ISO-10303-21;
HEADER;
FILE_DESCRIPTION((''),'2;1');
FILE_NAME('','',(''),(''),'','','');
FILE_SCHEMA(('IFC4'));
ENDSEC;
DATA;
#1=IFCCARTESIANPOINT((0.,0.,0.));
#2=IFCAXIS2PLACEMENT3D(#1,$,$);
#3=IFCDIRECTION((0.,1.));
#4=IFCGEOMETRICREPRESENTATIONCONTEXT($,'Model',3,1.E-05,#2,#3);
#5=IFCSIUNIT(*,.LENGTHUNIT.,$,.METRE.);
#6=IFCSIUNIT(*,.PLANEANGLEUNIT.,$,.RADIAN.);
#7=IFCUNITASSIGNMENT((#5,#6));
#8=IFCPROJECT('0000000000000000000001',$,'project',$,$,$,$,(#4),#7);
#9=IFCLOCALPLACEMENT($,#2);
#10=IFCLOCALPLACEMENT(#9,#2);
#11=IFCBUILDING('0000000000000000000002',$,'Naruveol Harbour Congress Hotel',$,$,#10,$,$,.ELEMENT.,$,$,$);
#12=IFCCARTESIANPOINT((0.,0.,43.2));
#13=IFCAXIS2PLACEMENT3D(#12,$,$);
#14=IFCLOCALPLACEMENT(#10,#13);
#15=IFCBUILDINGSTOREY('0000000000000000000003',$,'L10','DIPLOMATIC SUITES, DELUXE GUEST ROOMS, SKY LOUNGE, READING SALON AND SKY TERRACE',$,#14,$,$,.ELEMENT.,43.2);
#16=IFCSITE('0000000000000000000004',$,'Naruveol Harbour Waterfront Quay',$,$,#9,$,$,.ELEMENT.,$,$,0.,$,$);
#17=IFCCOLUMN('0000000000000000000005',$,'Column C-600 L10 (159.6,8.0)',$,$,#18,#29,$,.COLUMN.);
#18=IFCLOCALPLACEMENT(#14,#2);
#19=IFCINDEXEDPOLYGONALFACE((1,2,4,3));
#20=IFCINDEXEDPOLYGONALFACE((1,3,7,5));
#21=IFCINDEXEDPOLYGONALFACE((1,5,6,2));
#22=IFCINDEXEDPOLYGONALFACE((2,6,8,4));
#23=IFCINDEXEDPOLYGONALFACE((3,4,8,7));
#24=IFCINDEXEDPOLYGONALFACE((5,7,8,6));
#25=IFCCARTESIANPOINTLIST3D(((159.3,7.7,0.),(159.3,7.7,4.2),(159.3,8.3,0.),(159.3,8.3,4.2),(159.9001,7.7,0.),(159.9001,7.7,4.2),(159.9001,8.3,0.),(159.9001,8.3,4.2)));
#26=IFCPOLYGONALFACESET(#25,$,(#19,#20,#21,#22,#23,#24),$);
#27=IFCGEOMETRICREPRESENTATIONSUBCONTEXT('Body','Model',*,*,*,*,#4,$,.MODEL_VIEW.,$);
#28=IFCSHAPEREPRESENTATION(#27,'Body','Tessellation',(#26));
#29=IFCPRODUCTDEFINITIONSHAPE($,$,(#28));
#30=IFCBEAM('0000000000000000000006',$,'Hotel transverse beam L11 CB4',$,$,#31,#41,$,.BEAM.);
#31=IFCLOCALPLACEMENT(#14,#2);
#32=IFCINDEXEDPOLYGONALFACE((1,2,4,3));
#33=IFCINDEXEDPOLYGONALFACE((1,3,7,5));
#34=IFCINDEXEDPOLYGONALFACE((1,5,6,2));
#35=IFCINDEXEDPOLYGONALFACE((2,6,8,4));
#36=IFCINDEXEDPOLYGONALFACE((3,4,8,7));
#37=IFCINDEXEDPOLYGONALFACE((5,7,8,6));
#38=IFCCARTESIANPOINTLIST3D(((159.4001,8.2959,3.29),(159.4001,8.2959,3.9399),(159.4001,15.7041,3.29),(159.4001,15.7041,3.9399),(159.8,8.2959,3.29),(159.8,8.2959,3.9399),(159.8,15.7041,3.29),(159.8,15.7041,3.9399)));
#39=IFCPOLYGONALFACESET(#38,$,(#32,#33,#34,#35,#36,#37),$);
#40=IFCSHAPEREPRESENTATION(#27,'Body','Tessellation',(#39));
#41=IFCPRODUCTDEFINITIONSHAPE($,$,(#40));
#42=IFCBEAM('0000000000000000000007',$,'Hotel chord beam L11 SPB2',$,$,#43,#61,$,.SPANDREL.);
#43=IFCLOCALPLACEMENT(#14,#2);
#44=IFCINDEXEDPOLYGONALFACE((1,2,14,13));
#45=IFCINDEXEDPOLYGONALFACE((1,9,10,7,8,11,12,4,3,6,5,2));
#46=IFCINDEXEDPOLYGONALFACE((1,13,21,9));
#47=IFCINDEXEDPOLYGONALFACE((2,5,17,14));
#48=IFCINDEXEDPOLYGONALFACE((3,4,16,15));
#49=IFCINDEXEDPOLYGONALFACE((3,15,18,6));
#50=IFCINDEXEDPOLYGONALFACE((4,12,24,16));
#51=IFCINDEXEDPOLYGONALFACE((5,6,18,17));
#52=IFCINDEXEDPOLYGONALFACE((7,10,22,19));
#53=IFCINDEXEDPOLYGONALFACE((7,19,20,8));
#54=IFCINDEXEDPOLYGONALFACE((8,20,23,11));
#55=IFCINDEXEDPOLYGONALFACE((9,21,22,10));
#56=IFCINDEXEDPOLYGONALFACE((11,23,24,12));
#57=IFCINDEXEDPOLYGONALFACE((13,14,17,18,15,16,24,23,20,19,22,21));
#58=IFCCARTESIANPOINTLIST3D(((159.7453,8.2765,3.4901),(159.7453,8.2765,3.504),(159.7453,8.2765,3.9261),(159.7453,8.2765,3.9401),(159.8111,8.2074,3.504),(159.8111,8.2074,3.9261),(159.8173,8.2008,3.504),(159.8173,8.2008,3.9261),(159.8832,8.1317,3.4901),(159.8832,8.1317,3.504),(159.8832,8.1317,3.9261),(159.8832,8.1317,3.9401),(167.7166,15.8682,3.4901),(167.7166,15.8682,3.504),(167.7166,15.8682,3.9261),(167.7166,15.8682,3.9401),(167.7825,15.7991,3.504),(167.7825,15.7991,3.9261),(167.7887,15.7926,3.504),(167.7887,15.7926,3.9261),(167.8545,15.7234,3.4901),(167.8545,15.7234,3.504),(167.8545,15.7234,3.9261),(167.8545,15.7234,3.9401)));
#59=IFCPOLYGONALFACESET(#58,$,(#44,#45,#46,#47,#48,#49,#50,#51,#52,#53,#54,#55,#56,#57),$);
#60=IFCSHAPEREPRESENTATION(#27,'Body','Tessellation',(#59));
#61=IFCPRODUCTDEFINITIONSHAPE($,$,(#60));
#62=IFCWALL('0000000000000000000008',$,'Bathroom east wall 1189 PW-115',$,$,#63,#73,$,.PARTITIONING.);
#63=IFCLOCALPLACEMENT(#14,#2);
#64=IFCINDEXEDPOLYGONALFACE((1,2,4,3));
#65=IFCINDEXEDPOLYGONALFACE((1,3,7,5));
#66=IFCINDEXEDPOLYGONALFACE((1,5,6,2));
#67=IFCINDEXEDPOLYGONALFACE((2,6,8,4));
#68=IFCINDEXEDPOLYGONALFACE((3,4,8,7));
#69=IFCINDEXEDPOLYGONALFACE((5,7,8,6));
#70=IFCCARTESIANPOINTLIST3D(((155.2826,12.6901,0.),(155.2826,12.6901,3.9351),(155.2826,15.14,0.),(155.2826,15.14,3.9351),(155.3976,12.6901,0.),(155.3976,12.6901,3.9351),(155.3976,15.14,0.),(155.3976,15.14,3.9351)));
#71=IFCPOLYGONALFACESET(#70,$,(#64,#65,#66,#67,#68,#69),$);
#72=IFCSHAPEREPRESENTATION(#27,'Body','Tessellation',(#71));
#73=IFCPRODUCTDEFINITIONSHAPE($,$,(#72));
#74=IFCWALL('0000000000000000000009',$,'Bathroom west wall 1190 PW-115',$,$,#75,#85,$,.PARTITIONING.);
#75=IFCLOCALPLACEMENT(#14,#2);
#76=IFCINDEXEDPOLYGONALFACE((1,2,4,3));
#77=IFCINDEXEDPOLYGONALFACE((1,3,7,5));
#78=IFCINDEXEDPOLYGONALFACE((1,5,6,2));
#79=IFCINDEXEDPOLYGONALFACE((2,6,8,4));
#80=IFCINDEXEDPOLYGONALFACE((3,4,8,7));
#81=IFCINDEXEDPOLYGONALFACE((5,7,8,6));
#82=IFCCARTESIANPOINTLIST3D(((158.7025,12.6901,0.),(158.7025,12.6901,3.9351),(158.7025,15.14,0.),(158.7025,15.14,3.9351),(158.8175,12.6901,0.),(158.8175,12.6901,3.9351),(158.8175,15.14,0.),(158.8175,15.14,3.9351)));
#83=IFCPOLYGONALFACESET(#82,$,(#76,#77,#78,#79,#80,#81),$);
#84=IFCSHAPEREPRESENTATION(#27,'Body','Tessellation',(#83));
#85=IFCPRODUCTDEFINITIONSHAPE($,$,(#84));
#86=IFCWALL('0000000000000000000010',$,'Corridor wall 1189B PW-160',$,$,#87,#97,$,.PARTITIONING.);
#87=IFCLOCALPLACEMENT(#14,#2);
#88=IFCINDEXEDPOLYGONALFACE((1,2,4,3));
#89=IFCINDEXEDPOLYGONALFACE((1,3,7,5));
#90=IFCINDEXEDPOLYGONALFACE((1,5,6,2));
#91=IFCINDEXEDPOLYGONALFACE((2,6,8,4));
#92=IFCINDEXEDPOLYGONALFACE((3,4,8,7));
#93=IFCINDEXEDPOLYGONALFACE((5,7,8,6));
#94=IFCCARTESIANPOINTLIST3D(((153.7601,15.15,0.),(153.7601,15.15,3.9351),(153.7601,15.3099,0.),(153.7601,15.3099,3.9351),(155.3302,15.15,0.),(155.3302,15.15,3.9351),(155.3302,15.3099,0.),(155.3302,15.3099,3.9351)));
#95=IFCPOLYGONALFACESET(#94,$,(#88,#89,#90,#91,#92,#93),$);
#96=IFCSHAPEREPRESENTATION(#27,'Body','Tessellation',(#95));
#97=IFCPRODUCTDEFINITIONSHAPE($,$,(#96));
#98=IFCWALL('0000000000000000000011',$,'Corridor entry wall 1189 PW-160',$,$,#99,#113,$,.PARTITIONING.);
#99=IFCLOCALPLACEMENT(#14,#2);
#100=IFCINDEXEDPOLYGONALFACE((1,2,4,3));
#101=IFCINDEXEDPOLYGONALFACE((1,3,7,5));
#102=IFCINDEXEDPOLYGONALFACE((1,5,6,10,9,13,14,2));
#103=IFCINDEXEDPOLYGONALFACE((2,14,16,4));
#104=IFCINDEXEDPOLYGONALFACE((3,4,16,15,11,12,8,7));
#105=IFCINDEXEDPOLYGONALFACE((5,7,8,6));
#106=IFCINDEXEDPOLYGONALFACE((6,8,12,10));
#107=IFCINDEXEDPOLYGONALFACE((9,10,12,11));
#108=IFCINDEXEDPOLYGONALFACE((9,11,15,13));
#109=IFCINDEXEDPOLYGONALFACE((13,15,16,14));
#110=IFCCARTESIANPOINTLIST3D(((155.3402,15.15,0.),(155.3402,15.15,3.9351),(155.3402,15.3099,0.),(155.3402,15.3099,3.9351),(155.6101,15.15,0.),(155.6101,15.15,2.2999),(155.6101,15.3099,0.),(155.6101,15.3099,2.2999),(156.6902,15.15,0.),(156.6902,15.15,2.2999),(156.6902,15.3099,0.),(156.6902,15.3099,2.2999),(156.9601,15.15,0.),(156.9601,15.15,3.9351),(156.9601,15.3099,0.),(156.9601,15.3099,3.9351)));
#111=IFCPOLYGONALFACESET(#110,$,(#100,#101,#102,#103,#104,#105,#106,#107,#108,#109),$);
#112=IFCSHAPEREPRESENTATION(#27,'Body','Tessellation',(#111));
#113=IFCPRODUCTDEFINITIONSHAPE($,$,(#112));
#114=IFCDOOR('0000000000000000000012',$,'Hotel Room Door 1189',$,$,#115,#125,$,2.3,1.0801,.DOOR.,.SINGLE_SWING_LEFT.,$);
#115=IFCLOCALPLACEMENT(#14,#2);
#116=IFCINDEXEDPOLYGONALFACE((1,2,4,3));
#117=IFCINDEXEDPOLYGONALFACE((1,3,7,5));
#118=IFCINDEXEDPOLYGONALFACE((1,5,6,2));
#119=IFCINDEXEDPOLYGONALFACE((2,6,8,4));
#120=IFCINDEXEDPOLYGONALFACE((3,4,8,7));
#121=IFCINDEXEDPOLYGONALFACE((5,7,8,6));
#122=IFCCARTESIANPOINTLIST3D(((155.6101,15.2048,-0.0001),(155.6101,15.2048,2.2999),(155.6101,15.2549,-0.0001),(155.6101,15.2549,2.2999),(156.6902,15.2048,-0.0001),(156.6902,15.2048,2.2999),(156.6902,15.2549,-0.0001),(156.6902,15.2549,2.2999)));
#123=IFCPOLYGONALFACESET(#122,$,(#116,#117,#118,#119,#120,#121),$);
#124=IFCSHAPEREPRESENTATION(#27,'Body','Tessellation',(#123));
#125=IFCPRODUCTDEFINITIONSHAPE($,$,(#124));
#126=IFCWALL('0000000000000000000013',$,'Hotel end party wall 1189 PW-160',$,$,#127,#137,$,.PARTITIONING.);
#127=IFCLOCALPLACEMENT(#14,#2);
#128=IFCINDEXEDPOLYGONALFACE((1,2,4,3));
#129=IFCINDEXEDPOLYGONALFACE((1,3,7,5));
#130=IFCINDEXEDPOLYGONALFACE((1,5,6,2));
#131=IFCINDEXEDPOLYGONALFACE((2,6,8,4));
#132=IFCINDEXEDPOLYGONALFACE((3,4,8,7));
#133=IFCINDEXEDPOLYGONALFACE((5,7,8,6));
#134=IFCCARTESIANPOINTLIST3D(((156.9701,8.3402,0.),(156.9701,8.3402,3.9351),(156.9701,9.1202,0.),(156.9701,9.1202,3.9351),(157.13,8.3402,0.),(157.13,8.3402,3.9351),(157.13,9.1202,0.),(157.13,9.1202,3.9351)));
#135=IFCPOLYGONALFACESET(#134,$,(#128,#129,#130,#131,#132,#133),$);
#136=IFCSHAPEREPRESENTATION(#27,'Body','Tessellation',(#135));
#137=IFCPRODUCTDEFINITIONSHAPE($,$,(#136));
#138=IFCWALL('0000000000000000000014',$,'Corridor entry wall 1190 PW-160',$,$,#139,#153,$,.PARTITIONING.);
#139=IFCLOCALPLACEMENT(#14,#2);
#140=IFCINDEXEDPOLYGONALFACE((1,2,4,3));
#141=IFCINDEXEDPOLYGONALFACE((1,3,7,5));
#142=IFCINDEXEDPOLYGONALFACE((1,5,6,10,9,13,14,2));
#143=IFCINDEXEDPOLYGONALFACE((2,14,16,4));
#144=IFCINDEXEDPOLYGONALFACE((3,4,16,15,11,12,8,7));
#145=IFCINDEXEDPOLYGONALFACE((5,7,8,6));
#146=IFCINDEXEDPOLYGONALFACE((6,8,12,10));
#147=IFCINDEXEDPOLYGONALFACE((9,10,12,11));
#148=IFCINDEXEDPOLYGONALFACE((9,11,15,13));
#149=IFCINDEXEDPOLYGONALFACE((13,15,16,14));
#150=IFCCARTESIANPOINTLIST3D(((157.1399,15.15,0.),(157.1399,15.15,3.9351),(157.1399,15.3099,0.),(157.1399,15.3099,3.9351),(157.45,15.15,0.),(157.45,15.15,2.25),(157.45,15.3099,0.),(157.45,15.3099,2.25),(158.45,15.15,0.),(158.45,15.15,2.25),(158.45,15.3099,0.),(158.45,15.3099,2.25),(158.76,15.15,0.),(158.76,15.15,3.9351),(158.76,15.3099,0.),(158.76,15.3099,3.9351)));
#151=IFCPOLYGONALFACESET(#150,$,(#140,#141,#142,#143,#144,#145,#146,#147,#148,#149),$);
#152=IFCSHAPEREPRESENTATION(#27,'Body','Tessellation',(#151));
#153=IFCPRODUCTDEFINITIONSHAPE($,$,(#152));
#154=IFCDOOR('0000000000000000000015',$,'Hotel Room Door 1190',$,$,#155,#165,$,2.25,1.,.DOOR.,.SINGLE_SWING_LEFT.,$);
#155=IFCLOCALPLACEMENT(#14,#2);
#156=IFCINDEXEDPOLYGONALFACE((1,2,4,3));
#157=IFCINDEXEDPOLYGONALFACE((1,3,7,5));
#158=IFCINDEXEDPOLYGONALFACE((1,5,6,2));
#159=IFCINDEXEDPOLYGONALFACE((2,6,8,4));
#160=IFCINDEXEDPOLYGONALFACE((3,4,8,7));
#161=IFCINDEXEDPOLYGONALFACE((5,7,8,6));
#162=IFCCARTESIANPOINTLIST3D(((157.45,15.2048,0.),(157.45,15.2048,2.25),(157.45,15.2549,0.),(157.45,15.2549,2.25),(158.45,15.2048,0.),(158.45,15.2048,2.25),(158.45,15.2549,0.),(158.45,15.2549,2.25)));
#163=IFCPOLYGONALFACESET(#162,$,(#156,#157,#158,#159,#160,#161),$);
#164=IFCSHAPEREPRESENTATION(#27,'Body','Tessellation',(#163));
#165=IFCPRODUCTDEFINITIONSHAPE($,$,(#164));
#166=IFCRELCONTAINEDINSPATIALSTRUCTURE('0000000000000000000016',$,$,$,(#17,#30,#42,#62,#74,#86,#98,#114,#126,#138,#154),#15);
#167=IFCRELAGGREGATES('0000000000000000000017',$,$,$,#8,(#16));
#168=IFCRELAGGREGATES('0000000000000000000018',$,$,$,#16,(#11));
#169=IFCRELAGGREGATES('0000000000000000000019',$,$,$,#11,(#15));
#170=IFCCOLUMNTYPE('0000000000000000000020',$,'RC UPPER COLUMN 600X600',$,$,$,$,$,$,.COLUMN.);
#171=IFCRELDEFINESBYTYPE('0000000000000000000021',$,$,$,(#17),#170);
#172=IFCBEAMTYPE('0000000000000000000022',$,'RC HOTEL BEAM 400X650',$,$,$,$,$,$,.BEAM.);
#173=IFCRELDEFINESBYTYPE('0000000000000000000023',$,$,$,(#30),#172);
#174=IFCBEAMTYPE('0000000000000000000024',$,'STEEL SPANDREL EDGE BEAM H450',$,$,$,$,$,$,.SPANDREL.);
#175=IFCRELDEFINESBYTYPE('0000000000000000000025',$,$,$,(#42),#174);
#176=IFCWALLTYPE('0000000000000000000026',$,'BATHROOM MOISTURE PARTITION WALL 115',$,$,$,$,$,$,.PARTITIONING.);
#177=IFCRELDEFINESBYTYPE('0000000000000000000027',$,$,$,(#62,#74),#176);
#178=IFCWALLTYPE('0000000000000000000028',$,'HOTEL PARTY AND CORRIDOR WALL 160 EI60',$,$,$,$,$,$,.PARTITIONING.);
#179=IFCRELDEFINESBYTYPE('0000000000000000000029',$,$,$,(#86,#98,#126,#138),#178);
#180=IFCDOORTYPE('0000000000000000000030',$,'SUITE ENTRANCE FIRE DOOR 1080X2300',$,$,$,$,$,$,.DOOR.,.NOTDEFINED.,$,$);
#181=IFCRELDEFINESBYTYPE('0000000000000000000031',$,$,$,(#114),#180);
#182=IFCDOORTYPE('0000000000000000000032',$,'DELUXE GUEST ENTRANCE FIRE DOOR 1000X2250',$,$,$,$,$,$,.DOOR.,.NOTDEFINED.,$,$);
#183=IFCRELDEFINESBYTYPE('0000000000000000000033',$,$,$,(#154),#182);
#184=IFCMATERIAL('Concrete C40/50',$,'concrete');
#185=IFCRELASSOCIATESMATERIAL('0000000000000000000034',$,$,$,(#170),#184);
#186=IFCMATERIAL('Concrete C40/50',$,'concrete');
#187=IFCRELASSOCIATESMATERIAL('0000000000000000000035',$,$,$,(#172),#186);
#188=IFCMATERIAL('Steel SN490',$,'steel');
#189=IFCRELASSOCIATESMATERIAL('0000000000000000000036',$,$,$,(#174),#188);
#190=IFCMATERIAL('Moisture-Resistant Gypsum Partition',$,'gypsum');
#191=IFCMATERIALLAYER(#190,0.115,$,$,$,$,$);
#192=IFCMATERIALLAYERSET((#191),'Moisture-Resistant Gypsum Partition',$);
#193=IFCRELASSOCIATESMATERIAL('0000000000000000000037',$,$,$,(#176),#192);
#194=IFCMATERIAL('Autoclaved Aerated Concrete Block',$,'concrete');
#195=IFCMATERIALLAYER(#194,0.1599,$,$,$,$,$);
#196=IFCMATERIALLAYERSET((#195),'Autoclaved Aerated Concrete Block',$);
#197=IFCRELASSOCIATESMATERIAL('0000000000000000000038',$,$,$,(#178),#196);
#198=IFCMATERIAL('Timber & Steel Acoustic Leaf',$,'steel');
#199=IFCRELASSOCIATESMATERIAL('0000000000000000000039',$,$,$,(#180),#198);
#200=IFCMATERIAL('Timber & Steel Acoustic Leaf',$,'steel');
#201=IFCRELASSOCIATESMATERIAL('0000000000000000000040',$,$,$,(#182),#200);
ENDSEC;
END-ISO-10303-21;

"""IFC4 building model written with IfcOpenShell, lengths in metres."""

from ifc_helpers import new_model, si_unit, direction, frame, frame_2d, origin, origin_2d, place, context, subcontext, project, spatial, rectangle, i_section, extrude, material, layer, layer_set, material_profile, profile_set, type_object, element, fill, save


model = new_model("IFC4")

# Units and contexts
model_context = context("Model", 3, precision=1e-05, world=origin(), true_north=direction((0.0, 1.0)))
body_context = subcontext(model_context, "Body", "Model", "MODEL_VIEW")
ifc_project = project(units=[si_unit("LENGTHUNIT", "METRE"), si_unit("PLANEANGLEUNIT", "RADIAN")], contexts=[model_context])

# Site, building, storey
site_placement = place(None, origin())
site = spatial("IfcSite", under=ifc_project, at=site_placement, Name="Naruveol Harbour Waterfront Quay", CompositionType="ELEMENT", RefElevation=0.0)
building_placement = place(site_placement, origin())
building = spatial("IfcBuilding", under=site, at=building_placement, Name="Naruveol Harbour Congress Hotel", CompositionType="ELEMENT")
storey_placement = place(building_placement, frame((0.0, 0.0, 43.2)))
storey = spatial("IfcBuildingStorey", under=building, at=storey_placement, Name="L10", Description="DIPLOMATIC SUITES, DELUXE GUEST ROOMS, SKY LOUNGE, READING SALON AND SKY TERRACE", CompositionType="ELEMENT", Elevation=43.2)

# Column
ifc_material_1 = material(Name="Concrete C40/50", Category="concrete")
ifc_material_profile_1 = material_profile(ifc_material_1, rectangle(XDim=0.6001, YDim=0.6001, at=origin_2d()), Name="RC-600x600")
ifc_profile_set_1 = profile_set([ifc_material_profile_1], Name="Concrete C40/50")
column_type = type_object("IfcColumnType", Name="RC UPPER COLUMN 600X600", PredefinedType="COLUMN", material=ifc_profile_set_1)
column_placement = place(storey_placement, frame((159.6001, 8.0, 0.0), z_axis=(0.0, 0.0, 1.0), x_axis=(1.0, 0.0, 0.0)))
element("IfcColumn", 1, at=column_placement, inside=storey, type_object=column_type, Name="Column C-600 L10 (159.6,8.0)", PredefinedType="COLUMN", context=body_context, shape_type="SweptSolid", body=[
    extrude(rectangle(XDim=0.6001, YDim=0.6001, at=origin_2d()), origin(), (0.0, 0.0, 1.0), 4.2),
])

# Beams
ifc_material_2 = material(Name="Concrete C40/50", Category="concrete")
ifc_material_profile_2 = material_profile(ifc_material_2, rectangle(XDim=0.3999, YDim=0.6499, at=origin_2d()), Name="RCB-400x650")
ifc_profile_set_2 = profile_set([ifc_material_profile_2], Name="Concrete C40/50")
beam_type_1 = type_object("IfcBeamType", Name="RC HOTEL BEAM 400X650", PredefinedType="BEAM", material=ifc_profile_set_2)
beam_1_placement = place(storey_placement, frame((159.6001, 8.2959, 3.615), z_axis=(0.0, 1.0, 0.0), x_axis=(-1.0, 0.0, 0.0)))
element("IfcBeam", 2, at=beam_1_placement, inside=storey, type_object=beam_type_1, Name="Hotel transverse beam L11 CB4", PredefinedType="BEAM", context=body_context, shape_type="SweptSolid", body=[
    extrude(rectangle(XDim=0.3999, YDim=0.6499, at=origin_2d()), origin(), (0.0, 0.0, 1.0), 7.4082),
])
ifc_material_3 = material(Name="Steel SN490", Category="steel")
ifc_material_profile_3 = material_profile(ifc_material_3, i_section(OverallWidth=0.2, OverallDepth=0.45, WebThickness=0.009, FlangeThickness=0.0139, at=origin_2d()), Name="H-450x200x9x14")
ifc_profile_set_3 = profile_set([ifc_material_profile_3], Name="Steel SN490")
beam_type_2 = type_object("IfcBeamType", Name="STEEL SPANDREL EDGE BEAM H450", PredefinedType="SPANDREL", material=ifc_profile_set_3)
beam_2_placement = place(storey_placement, frame((159.8142, 8.2041, 3.7151), z_axis=(0.72414, 0.689653, 0.0), x_axis=(-0.689653, 0.72414, 0.0)))
element("IfcBeam", 3, at=beam_2_placement, inside=storey, type_object=beam_type_2, Name="Hotel chord beam L11 SPB2", PredefinedType="SPANDREL", context=body_context, shape_type="SweptSolid", body=[
    extrude(i_section(OverallWidth=0.2, OverallDepth=0.45, WebThickness=0.009, FlangeThickness=0.0139, at=origin_2d()), origin(), (0.0, 0.0, 1.0), 11.0081),
])

# Wall
ifc_material_4 = material(Name="Moisture-Resistant Gypsum Partition", Category="gypsum")
ifc_layer_1 = layer(ifc_material_4, 0.115)
ifc_layer_set_1 = layer_set([ifc_layer_1], Name="Moisture-Resistant Gypsum Partition")
wall_type_1 = type_object("IfcWallType", Name="BATHROOM MOISTURE PARTITION WALL 115", PredefinedType="PARTITIONING", material=ifc_layer_set_1)
wall_1_placement = place(storey_placement, frame((155.3401, 12.6899, 0.0), z_axis=(0.0, 0.0, 1.0), x_axis=(0.0, 1.0, 0.0)))
element("IfcWall", 4, at=wall_1_placement, inside=storey, type_object=wall_type_1, Name="Bathroom east wall 1189 PW-115", PredefinedType="PARTITIONING", context=body_context, shape_type="SweptSolid", body=[
    extrude(rectangle(XDim=2.45, YDim=0.115, at=frame_2d((1.2251, 0.0))), origin(), (0.0, 0.0, 1.0), 3.9351),
])

# Wall
wall_2_placement = place(storey_placement, frame((158.76, 12.6899, 0.0), z_axis=(0.0, 0.0, 1.0), x_axis=(0.0, 1.0, 0.0)))
element("IfcWall", 5, at=wall_2_placement, inside=storey, type_object=wall_type_1, Name="Bathroom west wall 1190 PW-115", PredefinedType="PARTITIONING", context=body_context, shape_type="SweptSolid", body=[
    extrude(rectangle(XDim=2.45, YDim=0.115, at=frame_2d((1.2251, 0.0))), origin(), (0.0, 0.0, 1.0), 3.9351),
])

# Wall
ifc_material_5 = material(Name="Autoclaved Aerated Concrete Block", Category="concrete")
ifc_layer_2 = layer(ifc_material_5, 0.1599)
ifc_layer_set_2 = layer_set([ifc_layer_2], Name="Autoclaved Aerated Concrete Block")
wall_type_2 = type_object("IfcWallType", Name="HOTEL PARTY AND CORRIDOR WALL 160 EI60", PredefinedType="PARTITIONING", material=ifc_layer_set_2)
wall_3_placement = place(storey_placement, frame((153.76, 15.23, 0.0), z_axis=(0.0, 0.0, 1.0), x_axis=(1.0, 0.0, 0.0)))
element("IfcWall", 6, at=wall_3_placement, inside=storey, type_object=wall_type_2, Name="Corridor wall 1189B PW-160", PredefinedType="PARTITIONING", context=body_context, shape_type="SweptSolid", body=[
    extrude(rectangle(XDim=1.5701, YDim=0.1599, at=frame_2d((0.7852, 0.0))), origin(), (0.0, 0.0, 1.0), 3.9351),
])

# Wall, opening, door
wall_4_placement = place(storey_placement, frame((155.3401, 15.23, 0.0), z_axis=(0.0, 0.0, 1.0), x_axis=(1.0, 0.0, 0.0)))
wall_4 = element("IfcWall", 7, at=wall_4_placement, inside=storey, type_object=wall_type_2, Name="Corridor entry wall 1189 PW-160", PredefinedType="PARTITIONING", context=body_context, shape_type="SweptSolid", body=[
    extrude(rectangle(XDim=1.6199, YDim=0.1599, at=frame_2d((0.8101, 0.0))), origin(), (0.0, 0.0, 1.0), 3.9351),
])
opening_1_placement = place(wall_4_placement, frame((0.27, 0.0, 0.0)))
opening_1 = element("IfcOpeningElement", 8, at=opening_1_placement, cuts=wall_4, PredefinedType="OPENING", context=body_context, shape_type="SweptSolid", body=[
    extrude(rectangle(XDim=1.0801, YDim=2.3, at=frame_2d((0.54, 1.1499))), frame((0.0, 0.0898, 0.0), z_axis=(0.0, -1.0, 0.0), x_axis=(1.0, 0.0, 0.0)), (0.0, 0.0, 1.0), 0.1799),
])
ifc_material_6 = material(Name="Timber & Steel Acoustic Leaf", Category="steel")
door_type_1 = type_object("IfcDoorType", Name="SUITE ENTRANCE FIRE DOOR 1080X2300", OperationType="NOTDEFINED", PredefinedType="DOOR", material=ifc_material_6)
door_1_placement = place(opening_1_placement, origin())
door_1 = element("IfcDoor", 9, at=door_1_placement, inside=storey, type_object=door_type_1, Name="Hotel Room Door 1189", OperationType="SINGLE_SWING_LEFT", OverallHeight=2.3, OverallWidth=1.0801, PredefinedType="DOOR", context=body_context, shape_type="SweptSolid", body=[
    extrude(rectangle(XDim=1.0801, YDim=2.3, at=frame_2d((0.54, 1.1499))), frame((0.0, 0.0249, 0.0), z_axis=(0.0, -1.0, 0.0), x_axis=(1.0, 0.0, 0.0)), (0.0, 0.0, 1.0), 0.05),
])
fill(opening_1, door_1)

# Wall
wall_5_placement = place(storey_placement, frame((157.05, 8.3401, 0.0), z_axis=(0.0, 0.0, 1.0), x_axis=(0.0, 1.0, 0.0)))
element("IfcWall", 10, at=wall_5_placement, inside=storey, type_object=wall_type_2, Name="Hotel end party wall 1189 PW-160", PredefinedType="PARTITIONING", context=body_context, shape_type="SweptSolid", body=[
    extrude(rectangle(XDim=0.78, YDim=0.1599, at=frame_2d((0.3901, 0.0))), origin(), (0.0, 0.0, 1.0), 3.9351),
])

# Wall, opening, door
wall_6_placement = place(storey_placement, frame((157.1399, 15.23, 0.0), z_axis=(0.0, 0.0, 1.0), x_axis=(1.0, 0.0, 0.0)))
wall_6 = element("IfcWall", 11, at=wall_6_placement, inside=storey, type_object=wall_type_2, Name="Corridor entry wall 1190 PW-160", PredefinedType="PARTITIONING", context=body_context, shape_type="SweptSolid", body=[
    extrude(rectangle(XDim=1.6201, YDim=0.1599, at=frame_2d((0.8101, 0.0))), origin(), (0.0, 0.0, 1.0), 3.9351),
])
opening_2_placement = place(wall_6_placement, frame((0.3101, 0.0, 0.0)))
opening_2 = element("IfcOpeningElement", 12, at=opening_2_placement, cuts=wall_6, PredefinedType="OPENING", context=body_context, shape_type="SweptSolid", body=[
    extrude(rectangle(XDim=1.0, YDim=2.25, at=frame_2d((0.5, 1.125))), frame((0.0, 0.0898, 0.0), z_axis=(0.0, -1.0, 0.0), x_axis=(1.0, 0.0, 0.0)), (0.0, 0.0, 1.0), 0.1799),
])
ifc_material_7 = material(Name="Timber & Steel Acoustic Leaf", Category="steel")
door_type_2 = type_object("IfcDoorType", Name="DELUXE GUEST ENTRANCE FIRE DOOR 1000X2250", OperationType="NOTDEFINED", PredefinedType="DOOR", material=ifc_material_7)
door_2_placement = place(opening_2_placement, origin())
door_2 = element("IfcDoor", 13, at=door_2_placement, inside=storey, type_object=door_type_2, Name="Hotel Room Door 1190", OperationType="SINGLE_SWING_LEFT", OverallHeight=2.25, OverallWidth=1.0, PredefinedType="DOOR", context=body_context, shape_type="SweptSolid", body=[
    extrude(rectangle(XDim=1.0, YDim=2.25, at=frame_2d((0.5, 1.125))), frame((0.0, 0.0249, 0.0), z_axis=(0.0, -1.0, 0.0), x_axis=(1.0, 0.0, 0.0)), (0.0, 0.0, 1.0), 0.05),
])
fill(opening_2, door_2)

save(model, "model.ifc")
